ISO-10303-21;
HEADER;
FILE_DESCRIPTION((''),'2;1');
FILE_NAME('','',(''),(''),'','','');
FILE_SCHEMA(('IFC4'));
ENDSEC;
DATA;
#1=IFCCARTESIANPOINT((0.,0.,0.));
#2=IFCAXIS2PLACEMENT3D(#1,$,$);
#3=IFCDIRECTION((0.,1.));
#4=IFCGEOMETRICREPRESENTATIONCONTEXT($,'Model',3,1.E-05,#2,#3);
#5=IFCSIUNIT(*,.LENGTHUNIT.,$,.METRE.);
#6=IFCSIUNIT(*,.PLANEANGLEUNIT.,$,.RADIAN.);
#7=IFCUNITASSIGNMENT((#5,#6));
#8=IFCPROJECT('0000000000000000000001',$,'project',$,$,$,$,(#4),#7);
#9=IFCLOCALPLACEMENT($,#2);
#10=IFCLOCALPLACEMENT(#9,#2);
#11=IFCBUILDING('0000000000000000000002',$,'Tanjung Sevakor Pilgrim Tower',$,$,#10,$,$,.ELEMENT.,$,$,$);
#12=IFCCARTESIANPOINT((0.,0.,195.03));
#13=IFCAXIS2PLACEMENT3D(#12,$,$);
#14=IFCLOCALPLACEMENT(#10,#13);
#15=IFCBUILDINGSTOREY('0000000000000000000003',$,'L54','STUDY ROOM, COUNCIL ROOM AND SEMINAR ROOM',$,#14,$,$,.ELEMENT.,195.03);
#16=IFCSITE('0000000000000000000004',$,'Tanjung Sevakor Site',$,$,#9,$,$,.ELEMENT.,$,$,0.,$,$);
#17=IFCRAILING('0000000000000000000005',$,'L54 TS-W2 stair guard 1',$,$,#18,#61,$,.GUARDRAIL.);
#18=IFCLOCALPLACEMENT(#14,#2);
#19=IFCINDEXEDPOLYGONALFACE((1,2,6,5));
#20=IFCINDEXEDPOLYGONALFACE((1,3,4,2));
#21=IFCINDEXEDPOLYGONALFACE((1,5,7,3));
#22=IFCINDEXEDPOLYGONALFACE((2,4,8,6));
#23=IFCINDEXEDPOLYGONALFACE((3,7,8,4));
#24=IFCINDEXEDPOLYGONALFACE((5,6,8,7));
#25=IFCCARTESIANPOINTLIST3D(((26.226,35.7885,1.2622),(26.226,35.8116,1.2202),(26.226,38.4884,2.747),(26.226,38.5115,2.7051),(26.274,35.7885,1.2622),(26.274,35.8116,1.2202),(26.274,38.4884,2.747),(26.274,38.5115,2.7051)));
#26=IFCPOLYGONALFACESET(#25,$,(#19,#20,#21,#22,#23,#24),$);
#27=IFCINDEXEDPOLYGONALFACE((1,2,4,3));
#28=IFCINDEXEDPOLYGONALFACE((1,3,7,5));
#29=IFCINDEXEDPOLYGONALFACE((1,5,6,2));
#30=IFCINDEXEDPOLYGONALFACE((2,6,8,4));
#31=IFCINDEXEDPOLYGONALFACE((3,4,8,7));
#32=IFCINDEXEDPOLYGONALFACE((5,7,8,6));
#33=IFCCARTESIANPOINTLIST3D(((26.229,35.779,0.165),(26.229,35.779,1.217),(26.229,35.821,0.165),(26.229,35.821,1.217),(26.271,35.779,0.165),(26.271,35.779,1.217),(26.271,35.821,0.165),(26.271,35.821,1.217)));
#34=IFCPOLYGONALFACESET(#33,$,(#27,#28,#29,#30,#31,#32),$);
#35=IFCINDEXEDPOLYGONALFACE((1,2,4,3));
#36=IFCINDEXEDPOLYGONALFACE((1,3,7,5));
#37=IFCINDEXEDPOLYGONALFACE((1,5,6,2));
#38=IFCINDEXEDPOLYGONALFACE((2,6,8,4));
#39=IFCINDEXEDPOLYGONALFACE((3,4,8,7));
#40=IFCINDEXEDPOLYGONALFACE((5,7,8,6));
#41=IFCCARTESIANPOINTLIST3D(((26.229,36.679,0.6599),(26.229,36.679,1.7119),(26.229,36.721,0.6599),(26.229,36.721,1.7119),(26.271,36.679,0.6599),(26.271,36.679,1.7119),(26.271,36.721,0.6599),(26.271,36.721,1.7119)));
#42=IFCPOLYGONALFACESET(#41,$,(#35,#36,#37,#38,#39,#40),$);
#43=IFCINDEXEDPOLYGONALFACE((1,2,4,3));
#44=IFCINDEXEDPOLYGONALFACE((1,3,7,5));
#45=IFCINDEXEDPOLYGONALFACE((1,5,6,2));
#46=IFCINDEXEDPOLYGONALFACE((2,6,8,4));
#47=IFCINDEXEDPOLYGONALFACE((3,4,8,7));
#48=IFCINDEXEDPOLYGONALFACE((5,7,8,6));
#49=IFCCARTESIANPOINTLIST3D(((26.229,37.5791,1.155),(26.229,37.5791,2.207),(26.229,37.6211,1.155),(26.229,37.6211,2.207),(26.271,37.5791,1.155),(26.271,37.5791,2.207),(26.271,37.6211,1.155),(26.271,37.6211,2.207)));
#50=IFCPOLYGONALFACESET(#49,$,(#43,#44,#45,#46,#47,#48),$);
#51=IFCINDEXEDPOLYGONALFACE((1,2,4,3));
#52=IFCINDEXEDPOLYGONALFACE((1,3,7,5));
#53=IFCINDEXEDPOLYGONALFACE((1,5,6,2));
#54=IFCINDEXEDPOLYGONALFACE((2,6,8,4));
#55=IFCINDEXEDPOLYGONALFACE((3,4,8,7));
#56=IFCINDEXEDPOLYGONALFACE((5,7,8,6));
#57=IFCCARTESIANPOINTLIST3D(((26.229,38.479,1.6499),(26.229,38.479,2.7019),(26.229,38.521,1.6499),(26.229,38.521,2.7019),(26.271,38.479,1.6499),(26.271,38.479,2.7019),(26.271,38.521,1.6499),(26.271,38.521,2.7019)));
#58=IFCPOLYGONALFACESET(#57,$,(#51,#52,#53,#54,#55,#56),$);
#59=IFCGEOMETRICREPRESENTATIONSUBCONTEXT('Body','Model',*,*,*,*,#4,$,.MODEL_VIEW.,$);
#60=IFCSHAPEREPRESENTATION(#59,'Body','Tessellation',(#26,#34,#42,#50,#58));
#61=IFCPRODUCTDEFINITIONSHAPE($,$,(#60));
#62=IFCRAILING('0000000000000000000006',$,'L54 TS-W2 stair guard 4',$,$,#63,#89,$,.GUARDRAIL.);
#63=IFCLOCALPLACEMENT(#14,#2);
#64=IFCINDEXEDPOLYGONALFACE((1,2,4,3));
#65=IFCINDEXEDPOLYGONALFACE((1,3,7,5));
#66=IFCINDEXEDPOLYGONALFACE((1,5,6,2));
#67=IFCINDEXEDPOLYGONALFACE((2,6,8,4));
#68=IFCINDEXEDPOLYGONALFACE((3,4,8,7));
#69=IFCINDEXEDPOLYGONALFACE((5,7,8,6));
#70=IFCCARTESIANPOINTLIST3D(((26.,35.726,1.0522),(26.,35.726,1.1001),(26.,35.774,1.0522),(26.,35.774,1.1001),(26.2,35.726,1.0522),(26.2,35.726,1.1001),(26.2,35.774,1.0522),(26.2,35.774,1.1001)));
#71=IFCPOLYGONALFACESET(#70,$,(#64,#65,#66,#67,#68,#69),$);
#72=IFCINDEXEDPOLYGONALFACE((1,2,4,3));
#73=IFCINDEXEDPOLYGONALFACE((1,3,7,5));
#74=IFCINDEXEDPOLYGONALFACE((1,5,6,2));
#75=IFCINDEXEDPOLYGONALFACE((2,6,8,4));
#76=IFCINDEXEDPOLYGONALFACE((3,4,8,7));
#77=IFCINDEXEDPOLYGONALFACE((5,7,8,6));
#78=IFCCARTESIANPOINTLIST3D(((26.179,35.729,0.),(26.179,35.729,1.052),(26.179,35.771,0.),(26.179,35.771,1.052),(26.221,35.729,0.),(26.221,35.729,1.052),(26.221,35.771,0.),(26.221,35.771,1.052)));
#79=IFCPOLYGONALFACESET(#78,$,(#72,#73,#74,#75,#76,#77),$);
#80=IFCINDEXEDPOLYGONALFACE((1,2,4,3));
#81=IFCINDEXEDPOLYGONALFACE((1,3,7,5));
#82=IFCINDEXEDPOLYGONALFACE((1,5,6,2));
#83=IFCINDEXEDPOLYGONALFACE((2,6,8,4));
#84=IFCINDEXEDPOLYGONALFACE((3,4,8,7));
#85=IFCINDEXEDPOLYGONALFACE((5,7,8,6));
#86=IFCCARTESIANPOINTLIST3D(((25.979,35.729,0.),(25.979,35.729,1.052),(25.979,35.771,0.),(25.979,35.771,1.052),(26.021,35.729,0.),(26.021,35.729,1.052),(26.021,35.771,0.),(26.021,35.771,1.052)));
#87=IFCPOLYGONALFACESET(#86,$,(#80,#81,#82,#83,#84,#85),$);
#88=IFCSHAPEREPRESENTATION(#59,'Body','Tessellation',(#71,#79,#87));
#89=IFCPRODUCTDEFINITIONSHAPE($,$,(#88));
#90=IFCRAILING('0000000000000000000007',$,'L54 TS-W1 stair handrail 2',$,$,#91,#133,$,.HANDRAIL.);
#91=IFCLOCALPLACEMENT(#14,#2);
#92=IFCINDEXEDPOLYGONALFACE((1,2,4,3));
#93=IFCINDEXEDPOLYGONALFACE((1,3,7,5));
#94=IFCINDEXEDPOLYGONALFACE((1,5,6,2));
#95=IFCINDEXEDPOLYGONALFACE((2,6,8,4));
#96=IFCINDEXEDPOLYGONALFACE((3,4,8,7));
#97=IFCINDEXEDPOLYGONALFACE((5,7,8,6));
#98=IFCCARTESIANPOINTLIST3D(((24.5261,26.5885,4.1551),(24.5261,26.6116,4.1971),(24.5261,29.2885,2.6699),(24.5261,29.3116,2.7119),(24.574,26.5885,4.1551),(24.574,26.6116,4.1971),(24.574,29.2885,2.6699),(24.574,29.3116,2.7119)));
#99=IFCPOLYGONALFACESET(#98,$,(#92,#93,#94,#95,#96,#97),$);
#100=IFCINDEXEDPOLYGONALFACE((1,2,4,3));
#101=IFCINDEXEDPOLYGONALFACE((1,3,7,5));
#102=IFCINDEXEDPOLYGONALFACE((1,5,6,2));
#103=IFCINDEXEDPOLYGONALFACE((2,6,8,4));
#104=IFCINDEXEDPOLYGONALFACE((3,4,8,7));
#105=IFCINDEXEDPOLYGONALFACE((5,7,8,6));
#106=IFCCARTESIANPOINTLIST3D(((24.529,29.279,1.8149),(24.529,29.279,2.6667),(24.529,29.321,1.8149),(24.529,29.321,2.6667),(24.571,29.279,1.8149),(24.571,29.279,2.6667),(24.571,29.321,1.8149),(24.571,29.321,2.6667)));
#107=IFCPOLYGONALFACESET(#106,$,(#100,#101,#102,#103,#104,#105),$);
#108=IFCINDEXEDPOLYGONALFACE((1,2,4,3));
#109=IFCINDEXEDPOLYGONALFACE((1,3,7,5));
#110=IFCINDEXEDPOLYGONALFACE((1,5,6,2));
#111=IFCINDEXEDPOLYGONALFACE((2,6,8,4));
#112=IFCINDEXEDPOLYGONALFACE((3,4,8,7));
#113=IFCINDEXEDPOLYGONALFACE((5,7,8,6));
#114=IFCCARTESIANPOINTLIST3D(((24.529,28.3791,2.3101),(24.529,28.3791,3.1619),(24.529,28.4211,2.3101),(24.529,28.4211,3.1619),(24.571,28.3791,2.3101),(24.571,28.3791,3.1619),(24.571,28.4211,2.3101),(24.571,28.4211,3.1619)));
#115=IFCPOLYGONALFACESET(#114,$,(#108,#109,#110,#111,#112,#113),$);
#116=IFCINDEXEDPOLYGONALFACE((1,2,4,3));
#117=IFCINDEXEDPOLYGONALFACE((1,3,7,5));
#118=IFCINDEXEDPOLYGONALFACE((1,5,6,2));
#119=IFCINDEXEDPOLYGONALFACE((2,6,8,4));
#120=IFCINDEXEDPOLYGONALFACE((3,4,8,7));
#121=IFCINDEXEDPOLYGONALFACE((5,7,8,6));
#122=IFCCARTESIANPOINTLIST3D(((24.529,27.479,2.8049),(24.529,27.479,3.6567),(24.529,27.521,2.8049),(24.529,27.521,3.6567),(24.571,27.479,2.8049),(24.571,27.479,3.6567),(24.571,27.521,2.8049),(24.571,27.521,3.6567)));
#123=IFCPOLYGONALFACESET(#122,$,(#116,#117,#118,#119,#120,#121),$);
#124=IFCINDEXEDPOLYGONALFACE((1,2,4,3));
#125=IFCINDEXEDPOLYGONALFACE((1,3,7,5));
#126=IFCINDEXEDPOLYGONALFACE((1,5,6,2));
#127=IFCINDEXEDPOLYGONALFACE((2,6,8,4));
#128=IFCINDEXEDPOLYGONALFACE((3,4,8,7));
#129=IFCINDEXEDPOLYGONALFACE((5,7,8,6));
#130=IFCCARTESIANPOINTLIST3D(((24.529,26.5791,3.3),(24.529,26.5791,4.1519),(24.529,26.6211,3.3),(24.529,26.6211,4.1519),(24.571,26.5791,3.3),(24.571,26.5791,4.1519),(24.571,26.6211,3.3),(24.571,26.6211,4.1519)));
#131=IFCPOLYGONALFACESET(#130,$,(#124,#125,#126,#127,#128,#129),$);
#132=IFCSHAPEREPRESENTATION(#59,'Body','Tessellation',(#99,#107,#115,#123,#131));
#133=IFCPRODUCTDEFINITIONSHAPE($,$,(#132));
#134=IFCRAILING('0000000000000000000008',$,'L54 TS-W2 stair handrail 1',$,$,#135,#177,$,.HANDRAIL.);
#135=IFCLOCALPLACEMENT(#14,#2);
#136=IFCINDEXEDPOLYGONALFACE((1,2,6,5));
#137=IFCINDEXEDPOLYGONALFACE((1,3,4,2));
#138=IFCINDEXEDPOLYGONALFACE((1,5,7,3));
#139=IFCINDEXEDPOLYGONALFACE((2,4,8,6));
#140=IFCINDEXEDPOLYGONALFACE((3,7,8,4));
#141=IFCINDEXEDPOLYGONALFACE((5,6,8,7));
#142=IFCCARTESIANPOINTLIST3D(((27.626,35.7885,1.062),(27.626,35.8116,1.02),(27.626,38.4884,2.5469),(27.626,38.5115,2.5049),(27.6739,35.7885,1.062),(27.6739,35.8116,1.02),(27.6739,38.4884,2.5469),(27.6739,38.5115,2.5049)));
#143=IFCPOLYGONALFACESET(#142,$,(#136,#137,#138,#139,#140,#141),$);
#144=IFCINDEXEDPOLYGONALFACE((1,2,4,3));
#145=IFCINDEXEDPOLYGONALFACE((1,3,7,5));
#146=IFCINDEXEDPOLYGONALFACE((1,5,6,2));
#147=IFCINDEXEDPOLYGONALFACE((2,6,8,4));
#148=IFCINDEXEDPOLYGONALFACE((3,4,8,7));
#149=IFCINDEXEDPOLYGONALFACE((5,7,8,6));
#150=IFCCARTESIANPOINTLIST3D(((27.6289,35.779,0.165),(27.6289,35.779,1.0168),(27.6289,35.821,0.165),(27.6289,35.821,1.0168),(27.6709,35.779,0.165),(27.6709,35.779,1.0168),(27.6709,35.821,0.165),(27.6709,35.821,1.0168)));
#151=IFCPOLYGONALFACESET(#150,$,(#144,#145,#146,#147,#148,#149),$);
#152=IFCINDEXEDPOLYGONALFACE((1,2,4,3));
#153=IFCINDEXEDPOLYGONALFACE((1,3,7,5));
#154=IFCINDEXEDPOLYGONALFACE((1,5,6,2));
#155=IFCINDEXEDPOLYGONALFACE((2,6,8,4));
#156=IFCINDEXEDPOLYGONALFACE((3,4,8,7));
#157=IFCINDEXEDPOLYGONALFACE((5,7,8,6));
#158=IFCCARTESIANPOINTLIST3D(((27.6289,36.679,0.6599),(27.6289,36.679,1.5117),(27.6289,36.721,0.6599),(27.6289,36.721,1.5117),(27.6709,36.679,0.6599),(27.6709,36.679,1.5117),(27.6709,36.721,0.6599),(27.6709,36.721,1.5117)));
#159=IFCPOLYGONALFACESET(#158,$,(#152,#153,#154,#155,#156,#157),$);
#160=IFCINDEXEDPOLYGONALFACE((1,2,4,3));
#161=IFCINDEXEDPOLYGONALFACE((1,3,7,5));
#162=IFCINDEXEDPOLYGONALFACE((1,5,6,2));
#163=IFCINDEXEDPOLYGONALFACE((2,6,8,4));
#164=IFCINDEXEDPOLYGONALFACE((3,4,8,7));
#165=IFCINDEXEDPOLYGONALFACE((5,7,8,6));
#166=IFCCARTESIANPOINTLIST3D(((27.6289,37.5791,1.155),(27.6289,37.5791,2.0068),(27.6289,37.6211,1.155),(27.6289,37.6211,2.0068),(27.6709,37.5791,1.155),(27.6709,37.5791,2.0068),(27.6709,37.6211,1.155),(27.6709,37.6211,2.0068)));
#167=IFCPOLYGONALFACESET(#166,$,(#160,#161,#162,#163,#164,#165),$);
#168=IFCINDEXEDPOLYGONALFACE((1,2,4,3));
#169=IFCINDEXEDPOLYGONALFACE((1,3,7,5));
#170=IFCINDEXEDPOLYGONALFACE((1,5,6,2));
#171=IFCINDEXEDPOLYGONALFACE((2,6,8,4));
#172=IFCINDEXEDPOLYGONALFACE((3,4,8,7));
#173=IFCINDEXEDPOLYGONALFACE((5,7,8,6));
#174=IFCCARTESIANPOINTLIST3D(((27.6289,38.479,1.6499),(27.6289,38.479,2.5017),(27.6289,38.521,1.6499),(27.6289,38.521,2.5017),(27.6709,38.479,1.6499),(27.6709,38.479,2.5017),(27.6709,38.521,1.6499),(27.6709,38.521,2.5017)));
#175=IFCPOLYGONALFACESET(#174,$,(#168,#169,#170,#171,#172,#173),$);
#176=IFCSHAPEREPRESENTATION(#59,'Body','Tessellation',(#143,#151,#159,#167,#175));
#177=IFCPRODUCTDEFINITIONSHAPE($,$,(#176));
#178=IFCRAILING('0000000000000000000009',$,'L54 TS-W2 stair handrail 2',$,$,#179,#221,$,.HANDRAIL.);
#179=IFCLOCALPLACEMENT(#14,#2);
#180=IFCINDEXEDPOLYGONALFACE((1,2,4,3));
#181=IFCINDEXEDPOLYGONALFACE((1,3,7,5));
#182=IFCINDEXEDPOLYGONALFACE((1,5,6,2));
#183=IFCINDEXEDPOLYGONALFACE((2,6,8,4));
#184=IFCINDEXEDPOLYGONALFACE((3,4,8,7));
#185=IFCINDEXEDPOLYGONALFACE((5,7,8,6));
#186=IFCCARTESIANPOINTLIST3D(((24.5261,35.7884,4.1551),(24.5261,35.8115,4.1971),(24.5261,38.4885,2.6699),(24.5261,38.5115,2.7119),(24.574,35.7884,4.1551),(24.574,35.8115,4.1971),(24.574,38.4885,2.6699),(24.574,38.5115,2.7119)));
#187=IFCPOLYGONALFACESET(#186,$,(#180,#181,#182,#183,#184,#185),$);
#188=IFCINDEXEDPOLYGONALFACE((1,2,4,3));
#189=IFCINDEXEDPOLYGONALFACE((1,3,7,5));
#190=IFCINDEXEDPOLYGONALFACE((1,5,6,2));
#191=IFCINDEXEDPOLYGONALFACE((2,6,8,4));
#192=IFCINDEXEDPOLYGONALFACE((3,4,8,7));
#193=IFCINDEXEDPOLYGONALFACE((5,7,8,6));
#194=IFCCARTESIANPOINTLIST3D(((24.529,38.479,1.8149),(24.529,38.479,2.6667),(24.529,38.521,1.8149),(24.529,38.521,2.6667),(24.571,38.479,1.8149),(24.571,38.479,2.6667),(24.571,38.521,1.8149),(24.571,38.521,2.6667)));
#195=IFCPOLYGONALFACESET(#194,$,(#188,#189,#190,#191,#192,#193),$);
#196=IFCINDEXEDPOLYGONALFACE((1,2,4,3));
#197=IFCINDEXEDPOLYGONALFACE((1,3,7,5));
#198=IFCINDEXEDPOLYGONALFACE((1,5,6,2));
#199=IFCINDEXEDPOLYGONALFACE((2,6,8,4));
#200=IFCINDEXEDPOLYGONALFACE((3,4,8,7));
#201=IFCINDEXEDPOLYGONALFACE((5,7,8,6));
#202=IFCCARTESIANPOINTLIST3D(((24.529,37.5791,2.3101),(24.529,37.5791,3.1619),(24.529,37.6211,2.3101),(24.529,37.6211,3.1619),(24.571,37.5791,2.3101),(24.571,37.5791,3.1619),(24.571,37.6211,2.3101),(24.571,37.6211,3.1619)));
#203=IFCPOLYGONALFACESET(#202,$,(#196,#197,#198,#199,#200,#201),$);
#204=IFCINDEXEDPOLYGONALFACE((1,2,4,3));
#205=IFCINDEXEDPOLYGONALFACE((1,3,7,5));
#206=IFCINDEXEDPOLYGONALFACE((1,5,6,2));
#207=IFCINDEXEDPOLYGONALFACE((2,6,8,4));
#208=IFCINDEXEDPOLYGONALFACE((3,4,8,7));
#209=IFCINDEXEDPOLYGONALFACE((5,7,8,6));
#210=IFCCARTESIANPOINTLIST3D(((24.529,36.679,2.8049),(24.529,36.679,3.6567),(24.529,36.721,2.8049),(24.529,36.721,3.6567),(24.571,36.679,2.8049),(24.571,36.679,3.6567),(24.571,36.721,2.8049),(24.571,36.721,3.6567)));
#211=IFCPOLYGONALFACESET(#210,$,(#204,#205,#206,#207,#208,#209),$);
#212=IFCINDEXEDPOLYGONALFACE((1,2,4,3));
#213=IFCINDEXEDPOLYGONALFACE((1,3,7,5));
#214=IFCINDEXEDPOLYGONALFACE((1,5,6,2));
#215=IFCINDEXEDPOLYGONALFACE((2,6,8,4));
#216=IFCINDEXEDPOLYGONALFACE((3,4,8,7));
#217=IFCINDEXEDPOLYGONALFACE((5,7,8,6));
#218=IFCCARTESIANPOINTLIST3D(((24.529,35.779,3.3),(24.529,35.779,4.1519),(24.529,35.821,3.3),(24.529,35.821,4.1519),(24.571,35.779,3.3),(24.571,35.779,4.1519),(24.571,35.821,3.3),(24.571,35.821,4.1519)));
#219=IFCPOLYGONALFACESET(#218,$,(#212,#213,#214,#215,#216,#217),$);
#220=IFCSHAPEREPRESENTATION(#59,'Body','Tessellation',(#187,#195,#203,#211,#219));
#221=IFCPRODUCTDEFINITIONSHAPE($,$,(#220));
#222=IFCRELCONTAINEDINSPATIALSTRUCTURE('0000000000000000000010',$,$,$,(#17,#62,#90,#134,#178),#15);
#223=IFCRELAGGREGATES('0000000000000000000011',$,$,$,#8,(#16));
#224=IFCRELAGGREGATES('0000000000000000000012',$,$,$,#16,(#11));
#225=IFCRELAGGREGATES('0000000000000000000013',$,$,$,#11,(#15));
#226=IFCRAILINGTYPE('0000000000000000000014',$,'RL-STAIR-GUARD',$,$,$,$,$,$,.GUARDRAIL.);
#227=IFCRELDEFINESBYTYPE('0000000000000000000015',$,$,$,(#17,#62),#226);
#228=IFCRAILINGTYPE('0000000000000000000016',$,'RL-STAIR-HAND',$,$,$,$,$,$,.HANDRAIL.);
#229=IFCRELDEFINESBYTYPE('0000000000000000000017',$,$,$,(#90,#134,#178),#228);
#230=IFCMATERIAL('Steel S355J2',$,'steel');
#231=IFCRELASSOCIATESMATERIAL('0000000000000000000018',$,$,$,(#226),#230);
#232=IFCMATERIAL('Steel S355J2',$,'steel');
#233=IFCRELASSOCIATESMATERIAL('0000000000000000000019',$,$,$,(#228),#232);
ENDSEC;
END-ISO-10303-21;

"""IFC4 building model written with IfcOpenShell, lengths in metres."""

from ifc_helpers import new_model, si_unit, direction, frame, origin, place, context, subcontext, project, spatial, rectangle, extrude, material, type_object, element, save


model = new_model("IFC4")

# Units and contexts
model_context = context("Model", 3, precision=1e-05, world=origin(), true_north=direction((0.0, 1.0)))
body_context = subcontext(model_context, "Body", "Model", "MODEL_VIEW")
ifc_project = project(units=[si_unit("LENGTHUNIT", "METRE"), si_unit("PLANEANGLEUNIT", "RADIAN")], contexts=[model_context])

# Site, building, storey
site_placement = place(None, origin())
site = spatial("IfcSite", under=ifc_project, at=site_placement, Name="Tanjung Sevakor Site", CompositionType="ELEMENT", RefElevation=0.0)
building_placement = place(site_placement, origin())
building = spatial("IfcBuilding", under=site, at=building_placement, Name="Tanjung Sevakor Pilgrim Tower", CompositionType="ELEMENT")
storey_placement = place(building_placement, frame((0.0, 0.0, 195.03)))
storey = spatial("IfcBuildingStorey", under=building, at=storey_placement, Name="L54", Description="STUDY ROOM, COUNCIL ROOM AND SEMINAR ROOM", CompositionType="ELEMENT", Elevation=195.03)

# Railings
ifc_material_1 = material(Name="Steel S355J2", Category="steel")
railing_type_1 = type_object("IfcRailingType", Name="RL-STAIR-GUARD", PredefinedType="GUARDRAIL", material=ifc_material_1)
railing_1_placement = place(storey_placement, frame((26.25, 35.8, 0.165)))
element("IfcRailing", 1, at=railing_1_placement, inside=storey, type_object=railing_type_1, Name="L54 TS-W2 stair guard 1", PredefinedType="GUARDRAIL", context=body_context, shape_type="SweptSolid", body=[
    extrude(rectangle(XDim=0.0479, YDim=0.0479), frame((0.0, 0.0, 1.0762), z_axis=(0.0, 0.876231, 0.481891), x_axis=(-1.0, 0.0, 0.0)), (0.0, 0.0, 1.0), 3.0813),
    extrude(rectangle(XDim=0.042, YDim=0.042), origin(), (0.0, 0.0, 1.0), 1.052),
    extrude(rectangle(XDim=0.042, YDim=0.042), frame((0.0, 0.8999, 0.4949)), (0.0, 0.0, 1.0), 1.052),
    extrude(rectangle(XDim=0.042, YDim=0.042), frame((0.0, 1.8, 0.99)), (0.0, 0.0, 1.0), 1.052),
    extrude(rectangle(XDim=0.042, YDim=0.042), frame((0.0, 2.7, 1.4849)), (0.0, 0.0, 1.0), 1.052),
])
railing_2_placement = place(storey_placement, frame((26.2, 35.75, 0.0)))
element("IfcRailing", 2, at=railing_2_placement, inside=storey, type_object=railing_type_1, Name="L54 TS-W2 stair guard 4", PredefinedType="GUARDRAIL", context=body_context, shape_type="SweptSolid", body=[
    extrude(rectangle(XDim=0.0479, YDim=0.0479), frame((0.0, 0.0, 1.0762), z_axis=(-1.0, 0.0, 0.0), x_axis=(0.0, -1.0, 0.0)), (0.0, 0.0, 1.0), 0.2),
    extrude(rectangle(XDim=0.042, YDim=0.042), origin(), (0.0, 0.0, 1.0), 1.052),
    extrude(rectangle(XDim=0.042, YDim=0.042), frame((-0.2, 0.0, 0.0)), (0.0, 0.0, 1.0), 1.052),
])
ifc_material_2 = material(Name="Steel S355J2", Category="steel")
railing_type_2 = type_object("IfcRailingType", Name="RL-STAIR-HAND", PredefinedType="HANDRAIL", material=ifc_material_2)
railing_3_placement = place(storey_placement, frame((24.55, 29.3, 1.8149)))
element("IfcRailing", 3, at=railing_3_placement, inside=storey, type_object=railing_type_2, Name="L54 TS-W1 stair handrail 2", PredefinedType="HANDRAIL", context=body_context, shape_type="SweptSolid", body=[
    extrude(rectangle(XDim=0.0479, YDim=0.0479), frame((0.0, 0.0, 0.876), z_axis=(0.0, -0.876198, 0.481952), x_axis=(1.0, 0.0, 0.0)), (0.0, 0.0, 1.0), 3.0815),
    extrude(rectangle(XDim=0.042, YDim=0.042), origin(), (0.0, 0.0, 1.0), 0.8518),
    extrude(rectangle(XDim=0.042, YDim=0.042), frame((0.0, -0.8999, 0.4951)), (0.0, 0.0, 1.0), 0.8518),
    extrude(rectangle(XDim=0.042, YDim=0.042), frame((0.0, -1.8, 0.99)), (0.0, 0.0, 1.0), 0.8518),
    extrude(rectangle(XDim=0.042, YDim=0.042), frame((0.0, -2.7, 1.4851)), (0.0, 0.0, 1.0), 0.8518),
])
railing_4_placement = place(storey_placement, frame((27.6499, 35.8, 0.165)))
element("IfcRailing", 4, at=railing_4_placement, inside=storey, type_object=railing_type_2, Name="L54 TS-W2 stair handrail 1", PredefinedType="HANDRAIL", context=body_context, shape_type="SweptSolid", body=[
    extrude(rectangle(XDim=0.0479, YDim=0.0479), frame((0.0, 0.0, 0.876), z_axis=(0.0, 0.876231, 0.481891), x_axis=(-1.0, 0.0, 0.0)), (0.0, 0.0, 1.0), 3.0813),
    extrude(rectangle(XDim=0.042, YDim=0.042), origin(), (0.0, 0.0, 1.0), 0.8518),
    extrude(rectangle(XDim=0.042, YDim=0.042), frame((0.0, 0.8999, 0.4949)), (0.0, 0.0, 1.0), 0.8518),
    extrude(rectangle(XDim=0.042, YDim=0.042), frame((0.0, 1.8, 0.99)), (0.0, 0.0, 1.0), 0.8518),
    extrude(rectangle(XDim=0.042, YDim=0.042), frame((0.0, 2.7, 1.4849)), (0.0, 0.0, 1.0), 0.8518),
])
railing_5_placement = place(storey_placement, frame((24.55, 38.5, 1.8149)))
element("IfcRailing", 5, at=railing_5_placement, inside=storey, type_object=railing_type_2, Name="L54 TS-W2 stair handrail 2", PredefinedType="HANDRAIL", context=body_context, shape_type="SweptSolid", body=[
    extrude(rectangle(XDim=0.0479, YDim=0.0479), frame((0.0, 0.0, 0.876), z_axis=(0.0, -0.876198, 0.481952), x_axis=(1.0, 0.0, 0.0)), (0.0, 0.0, 1.0), 3.0815),
    extrude(rectangle(XDim=0.042, YDim=0.042), origin(), (0.0, 0.0, 1.0), 0.8518),
    extrude(rectangle(XDim=0.042, YDim=0.042), frame((0.0, -0.8999, 0.4951)), (0.0, 0.0, 1.0), 0.8518),
    extrude(rectangle(XDim=0.042, YDim=0.042), frame((0.0, -1.8, 0.99)), (0.0, 0.0, 1.0), 0.8518),
    extrude(rectangle(XDim=0.042, YDim=0.042), frame((0.0, -2.7, 1.4851)), (0.0, 0.0, 1.0), 0.8518),
])

save(model, "model.ifc")
